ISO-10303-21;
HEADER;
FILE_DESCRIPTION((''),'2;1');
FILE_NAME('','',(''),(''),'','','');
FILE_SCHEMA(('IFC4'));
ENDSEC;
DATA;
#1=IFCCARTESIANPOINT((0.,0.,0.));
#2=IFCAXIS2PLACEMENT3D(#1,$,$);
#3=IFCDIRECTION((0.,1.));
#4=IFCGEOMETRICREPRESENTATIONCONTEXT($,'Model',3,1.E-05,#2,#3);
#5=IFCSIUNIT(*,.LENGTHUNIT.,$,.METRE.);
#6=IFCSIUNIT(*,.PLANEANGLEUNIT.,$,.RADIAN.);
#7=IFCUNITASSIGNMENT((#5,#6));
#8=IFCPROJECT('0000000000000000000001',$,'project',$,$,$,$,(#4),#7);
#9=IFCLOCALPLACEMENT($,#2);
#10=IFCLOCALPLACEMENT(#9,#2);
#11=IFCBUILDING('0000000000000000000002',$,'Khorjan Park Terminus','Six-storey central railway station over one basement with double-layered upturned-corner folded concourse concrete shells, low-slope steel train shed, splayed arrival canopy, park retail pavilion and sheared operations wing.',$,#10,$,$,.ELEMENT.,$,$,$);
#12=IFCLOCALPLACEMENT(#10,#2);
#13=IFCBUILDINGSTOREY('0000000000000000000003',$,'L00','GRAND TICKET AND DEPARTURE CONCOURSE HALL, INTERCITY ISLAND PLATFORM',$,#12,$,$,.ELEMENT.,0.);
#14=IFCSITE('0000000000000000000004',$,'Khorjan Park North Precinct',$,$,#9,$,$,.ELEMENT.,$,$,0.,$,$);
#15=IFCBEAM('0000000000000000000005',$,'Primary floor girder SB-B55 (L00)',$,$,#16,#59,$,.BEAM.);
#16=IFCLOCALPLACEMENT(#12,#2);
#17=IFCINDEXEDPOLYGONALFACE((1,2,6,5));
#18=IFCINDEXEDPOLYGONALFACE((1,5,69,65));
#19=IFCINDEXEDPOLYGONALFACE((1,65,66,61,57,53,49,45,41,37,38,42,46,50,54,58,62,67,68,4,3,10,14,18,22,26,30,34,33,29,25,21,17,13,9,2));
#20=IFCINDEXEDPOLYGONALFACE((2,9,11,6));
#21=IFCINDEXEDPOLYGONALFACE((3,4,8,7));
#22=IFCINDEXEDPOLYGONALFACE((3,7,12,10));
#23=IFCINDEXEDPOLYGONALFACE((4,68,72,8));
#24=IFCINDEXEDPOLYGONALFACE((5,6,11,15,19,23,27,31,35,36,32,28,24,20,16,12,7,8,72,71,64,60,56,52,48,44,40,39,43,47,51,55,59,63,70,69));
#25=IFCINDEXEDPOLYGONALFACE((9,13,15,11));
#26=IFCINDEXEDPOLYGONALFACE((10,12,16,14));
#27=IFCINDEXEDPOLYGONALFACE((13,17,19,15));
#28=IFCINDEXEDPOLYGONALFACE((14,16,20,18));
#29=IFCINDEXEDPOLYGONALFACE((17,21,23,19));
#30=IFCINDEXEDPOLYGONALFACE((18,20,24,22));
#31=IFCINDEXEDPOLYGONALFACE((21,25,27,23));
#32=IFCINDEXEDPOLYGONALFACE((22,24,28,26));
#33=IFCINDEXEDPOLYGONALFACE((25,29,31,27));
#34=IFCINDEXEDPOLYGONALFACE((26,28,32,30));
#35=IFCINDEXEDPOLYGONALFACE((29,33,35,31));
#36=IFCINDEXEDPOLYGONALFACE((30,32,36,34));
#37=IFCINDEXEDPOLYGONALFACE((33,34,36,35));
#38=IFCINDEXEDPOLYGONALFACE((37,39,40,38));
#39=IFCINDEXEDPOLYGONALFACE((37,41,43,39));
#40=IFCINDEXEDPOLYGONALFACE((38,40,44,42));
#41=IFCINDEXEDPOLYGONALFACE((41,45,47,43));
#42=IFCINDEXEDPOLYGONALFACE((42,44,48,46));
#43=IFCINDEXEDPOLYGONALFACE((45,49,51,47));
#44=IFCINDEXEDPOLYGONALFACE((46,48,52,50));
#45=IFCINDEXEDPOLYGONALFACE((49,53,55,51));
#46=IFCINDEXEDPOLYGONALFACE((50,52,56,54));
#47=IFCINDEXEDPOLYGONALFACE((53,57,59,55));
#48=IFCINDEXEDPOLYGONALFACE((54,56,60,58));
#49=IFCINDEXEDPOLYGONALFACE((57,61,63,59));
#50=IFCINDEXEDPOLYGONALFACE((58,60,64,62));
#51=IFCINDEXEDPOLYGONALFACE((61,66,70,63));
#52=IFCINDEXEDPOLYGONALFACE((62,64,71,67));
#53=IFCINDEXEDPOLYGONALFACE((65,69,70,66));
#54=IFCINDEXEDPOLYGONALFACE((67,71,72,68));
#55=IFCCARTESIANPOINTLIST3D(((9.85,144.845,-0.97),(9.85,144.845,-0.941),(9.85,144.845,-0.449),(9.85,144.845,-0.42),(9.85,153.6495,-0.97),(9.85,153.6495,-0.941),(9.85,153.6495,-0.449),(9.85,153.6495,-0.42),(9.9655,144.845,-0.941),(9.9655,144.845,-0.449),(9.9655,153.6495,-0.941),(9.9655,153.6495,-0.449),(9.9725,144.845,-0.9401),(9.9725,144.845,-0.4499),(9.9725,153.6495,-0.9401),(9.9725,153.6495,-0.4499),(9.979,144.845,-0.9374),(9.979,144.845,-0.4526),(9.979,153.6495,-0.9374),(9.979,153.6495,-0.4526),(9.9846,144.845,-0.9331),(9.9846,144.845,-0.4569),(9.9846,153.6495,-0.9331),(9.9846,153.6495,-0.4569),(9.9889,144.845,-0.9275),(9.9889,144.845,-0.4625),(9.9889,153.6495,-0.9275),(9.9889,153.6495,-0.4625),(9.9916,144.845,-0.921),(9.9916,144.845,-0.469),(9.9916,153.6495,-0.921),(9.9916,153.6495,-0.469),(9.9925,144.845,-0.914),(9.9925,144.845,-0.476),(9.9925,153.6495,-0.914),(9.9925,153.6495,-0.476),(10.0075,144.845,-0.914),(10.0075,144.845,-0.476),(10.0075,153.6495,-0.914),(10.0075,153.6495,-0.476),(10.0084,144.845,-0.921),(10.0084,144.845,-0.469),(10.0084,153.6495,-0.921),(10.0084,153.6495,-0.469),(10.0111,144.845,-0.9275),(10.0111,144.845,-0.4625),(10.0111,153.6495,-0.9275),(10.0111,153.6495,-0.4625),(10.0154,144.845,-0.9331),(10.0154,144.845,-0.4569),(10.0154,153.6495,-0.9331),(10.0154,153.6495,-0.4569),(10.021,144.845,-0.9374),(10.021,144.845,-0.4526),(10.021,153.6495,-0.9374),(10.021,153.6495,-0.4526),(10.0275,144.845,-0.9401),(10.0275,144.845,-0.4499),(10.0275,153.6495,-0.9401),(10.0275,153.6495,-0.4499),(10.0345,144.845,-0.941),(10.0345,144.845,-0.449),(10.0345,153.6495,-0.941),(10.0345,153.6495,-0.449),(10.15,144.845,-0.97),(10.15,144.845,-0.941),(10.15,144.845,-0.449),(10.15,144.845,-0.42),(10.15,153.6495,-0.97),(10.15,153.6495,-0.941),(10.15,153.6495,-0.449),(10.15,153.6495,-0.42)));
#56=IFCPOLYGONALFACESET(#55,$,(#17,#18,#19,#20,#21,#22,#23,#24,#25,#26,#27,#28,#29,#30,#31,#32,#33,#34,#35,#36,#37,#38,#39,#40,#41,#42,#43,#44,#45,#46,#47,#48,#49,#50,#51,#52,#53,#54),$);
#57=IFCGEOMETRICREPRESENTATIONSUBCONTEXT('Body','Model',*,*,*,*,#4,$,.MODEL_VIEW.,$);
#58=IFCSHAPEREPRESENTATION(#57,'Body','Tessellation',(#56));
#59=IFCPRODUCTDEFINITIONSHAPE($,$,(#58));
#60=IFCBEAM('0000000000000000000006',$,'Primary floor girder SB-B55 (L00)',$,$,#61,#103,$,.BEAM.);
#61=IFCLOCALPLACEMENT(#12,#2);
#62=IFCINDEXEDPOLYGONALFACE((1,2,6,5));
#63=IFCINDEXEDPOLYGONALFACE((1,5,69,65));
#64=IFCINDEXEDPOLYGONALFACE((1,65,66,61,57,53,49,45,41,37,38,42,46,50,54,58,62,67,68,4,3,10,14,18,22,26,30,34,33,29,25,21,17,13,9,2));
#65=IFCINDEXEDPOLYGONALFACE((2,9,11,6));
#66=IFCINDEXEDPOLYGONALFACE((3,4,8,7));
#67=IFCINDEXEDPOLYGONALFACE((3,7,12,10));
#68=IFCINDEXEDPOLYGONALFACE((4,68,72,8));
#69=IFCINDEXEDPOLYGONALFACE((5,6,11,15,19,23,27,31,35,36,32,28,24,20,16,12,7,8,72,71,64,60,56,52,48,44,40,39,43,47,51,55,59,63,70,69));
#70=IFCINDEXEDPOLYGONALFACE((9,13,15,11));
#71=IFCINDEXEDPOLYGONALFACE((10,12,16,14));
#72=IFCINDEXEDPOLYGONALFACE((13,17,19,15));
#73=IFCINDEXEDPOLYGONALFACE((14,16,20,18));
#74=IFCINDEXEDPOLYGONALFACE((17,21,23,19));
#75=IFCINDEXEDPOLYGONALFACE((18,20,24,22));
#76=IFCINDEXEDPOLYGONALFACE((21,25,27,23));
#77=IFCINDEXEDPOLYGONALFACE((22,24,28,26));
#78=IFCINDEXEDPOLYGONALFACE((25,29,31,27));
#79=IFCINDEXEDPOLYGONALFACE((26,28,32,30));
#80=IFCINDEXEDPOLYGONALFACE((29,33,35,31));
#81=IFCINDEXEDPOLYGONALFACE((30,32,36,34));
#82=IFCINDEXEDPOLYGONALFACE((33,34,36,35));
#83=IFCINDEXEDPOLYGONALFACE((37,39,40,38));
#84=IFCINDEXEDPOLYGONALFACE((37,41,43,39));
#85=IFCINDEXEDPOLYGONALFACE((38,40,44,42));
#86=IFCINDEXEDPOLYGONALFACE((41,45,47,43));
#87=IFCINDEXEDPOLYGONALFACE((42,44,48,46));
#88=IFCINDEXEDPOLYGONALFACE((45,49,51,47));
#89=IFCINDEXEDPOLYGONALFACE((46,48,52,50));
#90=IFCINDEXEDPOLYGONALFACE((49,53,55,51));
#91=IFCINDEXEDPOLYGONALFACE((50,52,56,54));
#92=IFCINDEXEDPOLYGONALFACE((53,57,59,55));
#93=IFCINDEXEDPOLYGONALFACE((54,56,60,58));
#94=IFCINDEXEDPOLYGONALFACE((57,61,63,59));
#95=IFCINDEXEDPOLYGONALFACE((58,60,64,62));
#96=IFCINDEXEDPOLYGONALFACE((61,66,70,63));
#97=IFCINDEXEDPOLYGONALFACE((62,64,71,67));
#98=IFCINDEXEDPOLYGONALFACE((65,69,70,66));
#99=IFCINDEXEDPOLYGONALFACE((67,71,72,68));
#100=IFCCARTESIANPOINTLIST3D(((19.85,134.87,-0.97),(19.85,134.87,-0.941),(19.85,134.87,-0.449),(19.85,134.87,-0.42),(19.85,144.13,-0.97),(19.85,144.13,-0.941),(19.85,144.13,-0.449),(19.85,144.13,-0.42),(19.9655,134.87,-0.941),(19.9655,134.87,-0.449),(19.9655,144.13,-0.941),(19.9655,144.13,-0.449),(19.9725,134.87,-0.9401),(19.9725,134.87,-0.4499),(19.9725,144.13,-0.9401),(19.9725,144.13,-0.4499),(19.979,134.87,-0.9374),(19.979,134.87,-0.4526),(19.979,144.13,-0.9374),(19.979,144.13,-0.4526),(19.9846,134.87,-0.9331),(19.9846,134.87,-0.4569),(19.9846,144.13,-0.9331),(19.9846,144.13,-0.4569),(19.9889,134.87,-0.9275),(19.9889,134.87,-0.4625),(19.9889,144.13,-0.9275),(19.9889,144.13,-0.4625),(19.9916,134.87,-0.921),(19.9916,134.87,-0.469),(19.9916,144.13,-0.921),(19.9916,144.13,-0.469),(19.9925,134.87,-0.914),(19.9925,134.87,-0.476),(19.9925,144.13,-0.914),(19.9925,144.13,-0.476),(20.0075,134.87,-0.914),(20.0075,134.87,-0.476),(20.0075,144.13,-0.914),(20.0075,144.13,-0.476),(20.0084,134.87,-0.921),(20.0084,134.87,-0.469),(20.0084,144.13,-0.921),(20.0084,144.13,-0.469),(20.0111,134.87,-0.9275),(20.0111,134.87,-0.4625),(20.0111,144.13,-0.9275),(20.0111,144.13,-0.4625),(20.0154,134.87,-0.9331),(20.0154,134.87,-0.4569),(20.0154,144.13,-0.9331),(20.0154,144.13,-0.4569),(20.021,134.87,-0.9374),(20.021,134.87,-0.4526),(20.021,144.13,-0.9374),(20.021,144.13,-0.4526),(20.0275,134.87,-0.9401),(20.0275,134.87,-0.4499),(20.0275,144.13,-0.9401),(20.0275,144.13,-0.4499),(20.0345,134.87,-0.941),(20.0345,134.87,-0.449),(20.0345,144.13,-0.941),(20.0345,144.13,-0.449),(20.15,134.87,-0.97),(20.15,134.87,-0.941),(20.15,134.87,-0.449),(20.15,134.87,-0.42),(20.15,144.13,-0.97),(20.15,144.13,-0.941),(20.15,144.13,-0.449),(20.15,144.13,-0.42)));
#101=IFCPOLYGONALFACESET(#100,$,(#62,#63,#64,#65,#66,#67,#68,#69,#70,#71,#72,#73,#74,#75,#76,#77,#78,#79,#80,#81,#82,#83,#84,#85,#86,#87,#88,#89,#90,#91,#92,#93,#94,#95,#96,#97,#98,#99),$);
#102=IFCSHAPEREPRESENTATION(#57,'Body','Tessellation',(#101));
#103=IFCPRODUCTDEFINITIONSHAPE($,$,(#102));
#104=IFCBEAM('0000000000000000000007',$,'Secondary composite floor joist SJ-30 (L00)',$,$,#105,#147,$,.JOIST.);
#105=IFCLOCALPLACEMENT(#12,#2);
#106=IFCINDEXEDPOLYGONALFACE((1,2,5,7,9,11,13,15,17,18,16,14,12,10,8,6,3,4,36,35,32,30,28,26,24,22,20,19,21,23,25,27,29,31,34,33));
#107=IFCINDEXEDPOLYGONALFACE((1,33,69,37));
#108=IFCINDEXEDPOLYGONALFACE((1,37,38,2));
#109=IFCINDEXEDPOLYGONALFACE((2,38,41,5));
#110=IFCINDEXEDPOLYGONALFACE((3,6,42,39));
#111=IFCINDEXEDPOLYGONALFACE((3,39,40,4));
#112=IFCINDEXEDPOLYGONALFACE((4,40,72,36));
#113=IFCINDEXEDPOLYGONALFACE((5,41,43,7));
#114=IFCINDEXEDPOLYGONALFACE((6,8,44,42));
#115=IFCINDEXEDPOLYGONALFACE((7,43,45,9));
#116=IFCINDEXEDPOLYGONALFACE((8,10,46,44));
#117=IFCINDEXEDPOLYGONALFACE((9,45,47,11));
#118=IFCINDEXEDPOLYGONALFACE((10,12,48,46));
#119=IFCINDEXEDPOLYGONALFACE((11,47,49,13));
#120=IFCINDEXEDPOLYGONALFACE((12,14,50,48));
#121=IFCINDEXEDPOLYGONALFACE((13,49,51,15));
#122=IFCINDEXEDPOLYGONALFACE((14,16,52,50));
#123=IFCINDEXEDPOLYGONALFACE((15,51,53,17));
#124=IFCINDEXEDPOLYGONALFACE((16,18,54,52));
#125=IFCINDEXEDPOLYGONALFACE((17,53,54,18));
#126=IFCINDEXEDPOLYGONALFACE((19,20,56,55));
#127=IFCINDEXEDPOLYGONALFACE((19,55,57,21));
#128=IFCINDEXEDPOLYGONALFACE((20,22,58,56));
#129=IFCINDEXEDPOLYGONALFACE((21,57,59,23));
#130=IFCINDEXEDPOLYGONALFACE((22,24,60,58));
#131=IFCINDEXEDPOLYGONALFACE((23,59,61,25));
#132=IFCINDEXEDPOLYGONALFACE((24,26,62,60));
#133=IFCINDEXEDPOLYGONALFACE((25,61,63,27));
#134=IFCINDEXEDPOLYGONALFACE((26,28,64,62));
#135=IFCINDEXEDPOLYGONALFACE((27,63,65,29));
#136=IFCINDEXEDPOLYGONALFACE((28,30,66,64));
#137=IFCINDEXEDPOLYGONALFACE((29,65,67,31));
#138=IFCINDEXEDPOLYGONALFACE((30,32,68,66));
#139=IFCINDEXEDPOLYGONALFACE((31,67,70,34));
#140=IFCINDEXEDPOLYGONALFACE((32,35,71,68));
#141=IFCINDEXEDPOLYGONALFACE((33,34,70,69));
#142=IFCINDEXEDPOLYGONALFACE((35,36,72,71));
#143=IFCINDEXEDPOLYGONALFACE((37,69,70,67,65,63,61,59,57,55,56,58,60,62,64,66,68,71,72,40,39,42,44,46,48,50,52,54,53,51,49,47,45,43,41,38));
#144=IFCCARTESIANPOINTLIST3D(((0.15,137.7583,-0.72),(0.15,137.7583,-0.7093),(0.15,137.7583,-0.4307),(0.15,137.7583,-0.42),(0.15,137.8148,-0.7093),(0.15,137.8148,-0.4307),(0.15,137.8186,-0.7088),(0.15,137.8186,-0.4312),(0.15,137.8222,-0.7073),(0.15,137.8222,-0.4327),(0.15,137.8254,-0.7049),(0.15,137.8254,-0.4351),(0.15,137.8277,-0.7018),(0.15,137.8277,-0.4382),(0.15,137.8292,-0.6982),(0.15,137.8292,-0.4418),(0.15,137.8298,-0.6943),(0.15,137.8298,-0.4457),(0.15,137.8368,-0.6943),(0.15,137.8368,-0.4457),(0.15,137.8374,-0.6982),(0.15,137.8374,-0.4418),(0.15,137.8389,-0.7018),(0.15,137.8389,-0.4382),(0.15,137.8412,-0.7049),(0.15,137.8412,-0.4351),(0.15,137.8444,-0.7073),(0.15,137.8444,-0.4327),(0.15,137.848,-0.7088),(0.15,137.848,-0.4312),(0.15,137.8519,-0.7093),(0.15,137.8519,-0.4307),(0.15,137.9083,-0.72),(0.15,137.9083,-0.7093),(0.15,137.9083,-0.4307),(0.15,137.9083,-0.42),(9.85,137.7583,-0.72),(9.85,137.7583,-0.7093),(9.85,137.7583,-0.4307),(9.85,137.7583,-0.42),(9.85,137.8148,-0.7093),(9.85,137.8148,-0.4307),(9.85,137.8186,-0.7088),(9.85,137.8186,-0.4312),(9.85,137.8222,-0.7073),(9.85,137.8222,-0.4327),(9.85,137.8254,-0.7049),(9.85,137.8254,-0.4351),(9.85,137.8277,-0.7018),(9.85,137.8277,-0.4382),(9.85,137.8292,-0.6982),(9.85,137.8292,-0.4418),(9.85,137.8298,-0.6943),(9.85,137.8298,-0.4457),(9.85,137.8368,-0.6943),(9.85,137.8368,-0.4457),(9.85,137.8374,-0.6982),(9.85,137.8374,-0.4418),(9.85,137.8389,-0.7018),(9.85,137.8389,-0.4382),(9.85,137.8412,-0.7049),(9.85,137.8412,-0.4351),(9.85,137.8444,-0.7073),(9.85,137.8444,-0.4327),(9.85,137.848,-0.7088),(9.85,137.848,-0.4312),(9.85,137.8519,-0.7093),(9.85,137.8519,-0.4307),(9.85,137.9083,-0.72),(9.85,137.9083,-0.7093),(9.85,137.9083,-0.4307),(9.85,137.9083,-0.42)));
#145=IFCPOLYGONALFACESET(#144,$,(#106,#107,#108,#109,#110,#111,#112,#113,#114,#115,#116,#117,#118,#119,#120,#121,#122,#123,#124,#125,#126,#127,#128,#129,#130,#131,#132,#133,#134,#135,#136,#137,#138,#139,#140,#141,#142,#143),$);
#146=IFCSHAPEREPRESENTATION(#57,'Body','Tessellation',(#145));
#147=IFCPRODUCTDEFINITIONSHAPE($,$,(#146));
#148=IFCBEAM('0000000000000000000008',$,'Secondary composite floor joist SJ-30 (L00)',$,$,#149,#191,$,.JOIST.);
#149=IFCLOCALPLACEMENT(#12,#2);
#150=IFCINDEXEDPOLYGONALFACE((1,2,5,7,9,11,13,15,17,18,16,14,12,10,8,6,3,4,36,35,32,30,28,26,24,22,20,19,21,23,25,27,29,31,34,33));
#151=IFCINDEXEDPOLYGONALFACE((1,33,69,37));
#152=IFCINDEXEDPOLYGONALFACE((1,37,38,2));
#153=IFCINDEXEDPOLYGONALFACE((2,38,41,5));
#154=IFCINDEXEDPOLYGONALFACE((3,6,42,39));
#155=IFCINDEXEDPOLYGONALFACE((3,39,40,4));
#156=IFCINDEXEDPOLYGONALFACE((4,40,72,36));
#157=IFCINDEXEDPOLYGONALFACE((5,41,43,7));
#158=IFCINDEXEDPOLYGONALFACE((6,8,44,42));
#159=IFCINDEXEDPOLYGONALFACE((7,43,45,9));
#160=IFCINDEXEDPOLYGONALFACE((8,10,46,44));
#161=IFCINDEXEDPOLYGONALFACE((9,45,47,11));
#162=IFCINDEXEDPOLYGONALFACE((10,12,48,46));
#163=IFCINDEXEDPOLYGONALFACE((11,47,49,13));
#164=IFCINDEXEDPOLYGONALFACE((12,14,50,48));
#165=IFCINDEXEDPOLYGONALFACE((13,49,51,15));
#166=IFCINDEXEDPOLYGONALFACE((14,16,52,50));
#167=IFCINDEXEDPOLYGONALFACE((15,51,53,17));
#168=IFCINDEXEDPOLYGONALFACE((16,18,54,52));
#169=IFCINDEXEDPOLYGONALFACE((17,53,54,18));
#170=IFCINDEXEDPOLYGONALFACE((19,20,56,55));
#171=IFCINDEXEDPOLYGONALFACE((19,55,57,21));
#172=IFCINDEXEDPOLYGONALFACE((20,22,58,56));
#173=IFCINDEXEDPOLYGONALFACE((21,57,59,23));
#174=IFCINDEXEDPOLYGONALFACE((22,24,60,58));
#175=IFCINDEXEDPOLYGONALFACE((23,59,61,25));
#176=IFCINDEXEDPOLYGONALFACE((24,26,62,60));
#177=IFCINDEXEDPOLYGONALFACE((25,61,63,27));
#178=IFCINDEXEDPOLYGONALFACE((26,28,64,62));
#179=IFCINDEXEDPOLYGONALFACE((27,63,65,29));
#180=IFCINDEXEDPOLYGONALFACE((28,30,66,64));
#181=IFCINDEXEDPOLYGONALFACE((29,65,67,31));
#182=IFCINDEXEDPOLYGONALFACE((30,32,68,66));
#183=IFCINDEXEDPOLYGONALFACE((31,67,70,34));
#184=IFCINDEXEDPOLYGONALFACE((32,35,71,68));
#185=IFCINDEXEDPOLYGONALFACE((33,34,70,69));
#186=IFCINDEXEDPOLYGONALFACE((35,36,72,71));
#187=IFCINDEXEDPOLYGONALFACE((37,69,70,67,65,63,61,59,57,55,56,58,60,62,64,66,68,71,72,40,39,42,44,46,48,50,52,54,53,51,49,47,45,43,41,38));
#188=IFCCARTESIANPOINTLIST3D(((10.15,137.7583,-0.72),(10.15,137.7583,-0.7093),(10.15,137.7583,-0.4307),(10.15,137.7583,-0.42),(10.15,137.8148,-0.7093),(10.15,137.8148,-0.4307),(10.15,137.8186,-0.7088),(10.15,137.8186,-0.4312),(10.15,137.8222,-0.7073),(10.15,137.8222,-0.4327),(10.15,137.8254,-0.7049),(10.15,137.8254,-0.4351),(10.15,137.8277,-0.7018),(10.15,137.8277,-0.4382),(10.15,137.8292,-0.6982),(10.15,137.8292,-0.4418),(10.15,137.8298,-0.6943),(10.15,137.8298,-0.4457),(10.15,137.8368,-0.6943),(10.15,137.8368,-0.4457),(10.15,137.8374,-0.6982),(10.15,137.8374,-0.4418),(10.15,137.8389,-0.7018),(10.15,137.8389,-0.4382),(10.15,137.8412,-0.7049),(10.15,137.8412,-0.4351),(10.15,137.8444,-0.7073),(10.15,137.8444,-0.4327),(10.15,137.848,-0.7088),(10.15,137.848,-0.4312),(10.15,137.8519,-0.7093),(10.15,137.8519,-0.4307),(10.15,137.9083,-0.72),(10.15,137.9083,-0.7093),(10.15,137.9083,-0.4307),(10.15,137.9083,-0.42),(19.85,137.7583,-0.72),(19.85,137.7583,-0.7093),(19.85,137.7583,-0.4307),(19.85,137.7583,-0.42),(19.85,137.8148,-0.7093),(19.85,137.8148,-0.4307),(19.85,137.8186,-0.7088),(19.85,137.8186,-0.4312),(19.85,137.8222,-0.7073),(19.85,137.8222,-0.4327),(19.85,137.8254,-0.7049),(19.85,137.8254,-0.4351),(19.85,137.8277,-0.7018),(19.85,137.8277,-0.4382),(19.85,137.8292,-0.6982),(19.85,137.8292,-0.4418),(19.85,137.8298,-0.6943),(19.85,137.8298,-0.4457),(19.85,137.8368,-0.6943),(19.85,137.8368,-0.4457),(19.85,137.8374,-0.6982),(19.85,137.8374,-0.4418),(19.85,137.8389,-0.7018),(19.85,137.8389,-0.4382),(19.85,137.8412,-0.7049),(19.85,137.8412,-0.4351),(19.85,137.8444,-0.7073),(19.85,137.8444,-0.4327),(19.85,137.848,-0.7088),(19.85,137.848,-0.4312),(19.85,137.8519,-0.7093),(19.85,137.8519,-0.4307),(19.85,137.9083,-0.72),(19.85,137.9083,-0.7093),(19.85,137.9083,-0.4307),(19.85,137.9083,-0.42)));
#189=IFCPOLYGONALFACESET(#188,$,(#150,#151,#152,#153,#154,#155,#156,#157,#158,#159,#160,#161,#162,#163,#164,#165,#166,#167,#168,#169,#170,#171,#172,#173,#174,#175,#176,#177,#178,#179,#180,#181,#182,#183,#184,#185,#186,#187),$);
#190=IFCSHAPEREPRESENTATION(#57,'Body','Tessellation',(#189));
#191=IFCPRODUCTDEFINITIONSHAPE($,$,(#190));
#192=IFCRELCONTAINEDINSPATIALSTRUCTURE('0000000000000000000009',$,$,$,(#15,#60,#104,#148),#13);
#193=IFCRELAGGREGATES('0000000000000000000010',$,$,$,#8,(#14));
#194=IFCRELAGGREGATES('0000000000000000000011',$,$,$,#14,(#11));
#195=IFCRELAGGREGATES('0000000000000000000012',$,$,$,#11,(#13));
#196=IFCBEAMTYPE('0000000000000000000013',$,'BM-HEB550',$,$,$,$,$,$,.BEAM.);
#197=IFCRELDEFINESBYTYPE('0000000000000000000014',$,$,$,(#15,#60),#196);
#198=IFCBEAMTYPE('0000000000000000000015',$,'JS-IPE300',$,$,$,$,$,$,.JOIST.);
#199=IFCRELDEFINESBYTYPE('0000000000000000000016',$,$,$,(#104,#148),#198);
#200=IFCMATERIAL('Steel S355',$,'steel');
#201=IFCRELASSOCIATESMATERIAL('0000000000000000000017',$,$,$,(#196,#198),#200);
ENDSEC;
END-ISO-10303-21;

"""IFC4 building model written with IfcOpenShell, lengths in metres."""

from ifc_helpers import new_model, si_unit, direction, frame, origin, origin_2d, place, context, subcontext, project, spatial, i_section, extrude, material, material_profile, profile_set, type_object, element, save


model = new_model("IFC4")

# Units and contexts
model_context = context("Model", 3, precision=1e-05, world=origin(), true_north=direction((0.0, 1.0)))
body_context = subcontext(model_context, "Body", "Model", "MODEL_VIEW")
ifc_project = project(units=[si_unit("LENGTHUNIT", "METRE"), si_unit("PLANEANGLEUNIT", "RADIAN")], contexts=[model_context])

# Site, building, storey
site_placement = place(None, origin())
site = spatial("IfcSite", under=ifc_project, at=site_placement, Name="Khorjan Park North Precinct", CompositionType="ELEMENT", RefElevation=0.0)
building_placement = place(site_placement, origin())
building = spatial("IfcBuilding", under=site, at=building_placement, Name="Khorjan Park Terminus", Description="Six-storey central railway station over one basement with double-layered upturned-corner folded concourse concrete shells, low-slope steel train shed, splayed arrival canopy, park retail pavilion and sheared operations wing.", CompositionType="ELEMENT")
storey_placement = place(building_placement, origin())
storey = spatial("IfcBuildingStorey", under=building, at=storey_placement, Name="L00", Description="GRAND TICKET AND DEPARTURE CONCOURSE HALL, INTERCITY ISLAND PLATFORM", CompositionType="ELEMENT", Elevation=0.0)

# Shared definitions
ifc_material = material(Name="Steel S355", Category="steel")

# Beams
ifc_material_profile_1 = material_profile(ifc_material, i_section(OverallWidth=0.3, OverallDepth=0.55, WebThickness=0.015, FlangeThickness=0.029, FilletRadius=0.027, at=origin_2d()), Name="HEB 550")
ifc_profile_set_1 = profile_set([ifc_material_profile_1], Name="Steel S355")
beam_type_1 = type_object("IfcBeamType", Name="BM-HEB550", PredefinedType="BEAM", material=ifc_profile_set_1)
beam_1_placement = place(storey_placement, frame((10.0, 144.845, -0.695), z_axis=(0.0, 1.0, 0.0), x_axis=(-1.0, 0.0, 0.0)))
element("IfcBeam", 1, at=beam_1_placement, inside=storey, type_object=beam_type_1, Name="Primary floor girder SB-B55 (L00)", PredefinedType="BEAM", context=body_context, shape_type="SweptSolid", body=[
    extrude(i_section(OverallWidth=0.3, OverallDepth=0.55, WebThickness=0.015, FlangeThickness=0.029, FilletRadius=0.027, at=origin_2d()), origin(), (0.0, 0.0, 1.0), 8.8045),
])
beam_2_placement = place(storey_placement, frame((20.0, 134.87, -0.695), z_axis=(0.0, 1.0, 0.0), x_axis=(-1.0, 0.0, 0.0)))
element("IfcBeam", 2, at=beam_2_placement, inside=storey, type_object=beam_type_1, Name="Primary floor girder SB-B55 (L00)", PredefinedType="BEAM", context=body_context, shape_type="SweptSolid", body=[
    extrude(i_section(OverallWidth=0.3, OverallDepth=0.55, WebThickness=0.015, FlangeThickness=0.029, FilletRadius=0.027, at=origin_2d()), origin(), (0.0, 0.0, 1.0), 9.26),
])
ifc_material_profile_2 = material_profile(ifc_material, i_section(OverallWidth=0.15, OverallDepth=0.3, WebThickness=0.0071, FlangeThickness=0.0107, FilletRadius=0.015, at=origin_2d()), Name="IPE 300")
ifc_profile_set_2 = profile_set([ifc_material_profile_2], Name="Steel S355")
beam_type_2 = type_object("IfcBeamType", Name="JS-IPE300", PredefinedType="JOIST", material=ifc_profile_set_2)
for number, where, z_axis, x_axis, name in (
    (3, (0.15, 137.8333, -0.57), (1.0, 0.0, 0.0), (0.0, 1.0, 0.0), "Secondary composite floor joist SJ-30 (L00)"),
    (4, (10.15, 137.8333, -0.57), (1.0, 0.0, 0.0), (0.0, 1.0, 0.0), "Secondary composite floor joist SJ-30 (L00)"),
):
    element("IfcBeam", number, at=place(storey_placement, frame(where, z_axis=z_axis, x_axis=x_axis)), inside=storey, type_object=beam_type_2, Name=name, PredefinedType="JOIST", context=body_context, shape_type="SweptSolid", body=[
        extrude(i_section(OverallWidth=0.15, OverallDepth=0.3, WebThickness=0.0071, FlangeThickness=0.0107, FilletRadius=0.015, at=origin_2d()), origin(), (0.0, 0.0, 1.0), 9.7),
    ])

save(model, "model.ifc")
